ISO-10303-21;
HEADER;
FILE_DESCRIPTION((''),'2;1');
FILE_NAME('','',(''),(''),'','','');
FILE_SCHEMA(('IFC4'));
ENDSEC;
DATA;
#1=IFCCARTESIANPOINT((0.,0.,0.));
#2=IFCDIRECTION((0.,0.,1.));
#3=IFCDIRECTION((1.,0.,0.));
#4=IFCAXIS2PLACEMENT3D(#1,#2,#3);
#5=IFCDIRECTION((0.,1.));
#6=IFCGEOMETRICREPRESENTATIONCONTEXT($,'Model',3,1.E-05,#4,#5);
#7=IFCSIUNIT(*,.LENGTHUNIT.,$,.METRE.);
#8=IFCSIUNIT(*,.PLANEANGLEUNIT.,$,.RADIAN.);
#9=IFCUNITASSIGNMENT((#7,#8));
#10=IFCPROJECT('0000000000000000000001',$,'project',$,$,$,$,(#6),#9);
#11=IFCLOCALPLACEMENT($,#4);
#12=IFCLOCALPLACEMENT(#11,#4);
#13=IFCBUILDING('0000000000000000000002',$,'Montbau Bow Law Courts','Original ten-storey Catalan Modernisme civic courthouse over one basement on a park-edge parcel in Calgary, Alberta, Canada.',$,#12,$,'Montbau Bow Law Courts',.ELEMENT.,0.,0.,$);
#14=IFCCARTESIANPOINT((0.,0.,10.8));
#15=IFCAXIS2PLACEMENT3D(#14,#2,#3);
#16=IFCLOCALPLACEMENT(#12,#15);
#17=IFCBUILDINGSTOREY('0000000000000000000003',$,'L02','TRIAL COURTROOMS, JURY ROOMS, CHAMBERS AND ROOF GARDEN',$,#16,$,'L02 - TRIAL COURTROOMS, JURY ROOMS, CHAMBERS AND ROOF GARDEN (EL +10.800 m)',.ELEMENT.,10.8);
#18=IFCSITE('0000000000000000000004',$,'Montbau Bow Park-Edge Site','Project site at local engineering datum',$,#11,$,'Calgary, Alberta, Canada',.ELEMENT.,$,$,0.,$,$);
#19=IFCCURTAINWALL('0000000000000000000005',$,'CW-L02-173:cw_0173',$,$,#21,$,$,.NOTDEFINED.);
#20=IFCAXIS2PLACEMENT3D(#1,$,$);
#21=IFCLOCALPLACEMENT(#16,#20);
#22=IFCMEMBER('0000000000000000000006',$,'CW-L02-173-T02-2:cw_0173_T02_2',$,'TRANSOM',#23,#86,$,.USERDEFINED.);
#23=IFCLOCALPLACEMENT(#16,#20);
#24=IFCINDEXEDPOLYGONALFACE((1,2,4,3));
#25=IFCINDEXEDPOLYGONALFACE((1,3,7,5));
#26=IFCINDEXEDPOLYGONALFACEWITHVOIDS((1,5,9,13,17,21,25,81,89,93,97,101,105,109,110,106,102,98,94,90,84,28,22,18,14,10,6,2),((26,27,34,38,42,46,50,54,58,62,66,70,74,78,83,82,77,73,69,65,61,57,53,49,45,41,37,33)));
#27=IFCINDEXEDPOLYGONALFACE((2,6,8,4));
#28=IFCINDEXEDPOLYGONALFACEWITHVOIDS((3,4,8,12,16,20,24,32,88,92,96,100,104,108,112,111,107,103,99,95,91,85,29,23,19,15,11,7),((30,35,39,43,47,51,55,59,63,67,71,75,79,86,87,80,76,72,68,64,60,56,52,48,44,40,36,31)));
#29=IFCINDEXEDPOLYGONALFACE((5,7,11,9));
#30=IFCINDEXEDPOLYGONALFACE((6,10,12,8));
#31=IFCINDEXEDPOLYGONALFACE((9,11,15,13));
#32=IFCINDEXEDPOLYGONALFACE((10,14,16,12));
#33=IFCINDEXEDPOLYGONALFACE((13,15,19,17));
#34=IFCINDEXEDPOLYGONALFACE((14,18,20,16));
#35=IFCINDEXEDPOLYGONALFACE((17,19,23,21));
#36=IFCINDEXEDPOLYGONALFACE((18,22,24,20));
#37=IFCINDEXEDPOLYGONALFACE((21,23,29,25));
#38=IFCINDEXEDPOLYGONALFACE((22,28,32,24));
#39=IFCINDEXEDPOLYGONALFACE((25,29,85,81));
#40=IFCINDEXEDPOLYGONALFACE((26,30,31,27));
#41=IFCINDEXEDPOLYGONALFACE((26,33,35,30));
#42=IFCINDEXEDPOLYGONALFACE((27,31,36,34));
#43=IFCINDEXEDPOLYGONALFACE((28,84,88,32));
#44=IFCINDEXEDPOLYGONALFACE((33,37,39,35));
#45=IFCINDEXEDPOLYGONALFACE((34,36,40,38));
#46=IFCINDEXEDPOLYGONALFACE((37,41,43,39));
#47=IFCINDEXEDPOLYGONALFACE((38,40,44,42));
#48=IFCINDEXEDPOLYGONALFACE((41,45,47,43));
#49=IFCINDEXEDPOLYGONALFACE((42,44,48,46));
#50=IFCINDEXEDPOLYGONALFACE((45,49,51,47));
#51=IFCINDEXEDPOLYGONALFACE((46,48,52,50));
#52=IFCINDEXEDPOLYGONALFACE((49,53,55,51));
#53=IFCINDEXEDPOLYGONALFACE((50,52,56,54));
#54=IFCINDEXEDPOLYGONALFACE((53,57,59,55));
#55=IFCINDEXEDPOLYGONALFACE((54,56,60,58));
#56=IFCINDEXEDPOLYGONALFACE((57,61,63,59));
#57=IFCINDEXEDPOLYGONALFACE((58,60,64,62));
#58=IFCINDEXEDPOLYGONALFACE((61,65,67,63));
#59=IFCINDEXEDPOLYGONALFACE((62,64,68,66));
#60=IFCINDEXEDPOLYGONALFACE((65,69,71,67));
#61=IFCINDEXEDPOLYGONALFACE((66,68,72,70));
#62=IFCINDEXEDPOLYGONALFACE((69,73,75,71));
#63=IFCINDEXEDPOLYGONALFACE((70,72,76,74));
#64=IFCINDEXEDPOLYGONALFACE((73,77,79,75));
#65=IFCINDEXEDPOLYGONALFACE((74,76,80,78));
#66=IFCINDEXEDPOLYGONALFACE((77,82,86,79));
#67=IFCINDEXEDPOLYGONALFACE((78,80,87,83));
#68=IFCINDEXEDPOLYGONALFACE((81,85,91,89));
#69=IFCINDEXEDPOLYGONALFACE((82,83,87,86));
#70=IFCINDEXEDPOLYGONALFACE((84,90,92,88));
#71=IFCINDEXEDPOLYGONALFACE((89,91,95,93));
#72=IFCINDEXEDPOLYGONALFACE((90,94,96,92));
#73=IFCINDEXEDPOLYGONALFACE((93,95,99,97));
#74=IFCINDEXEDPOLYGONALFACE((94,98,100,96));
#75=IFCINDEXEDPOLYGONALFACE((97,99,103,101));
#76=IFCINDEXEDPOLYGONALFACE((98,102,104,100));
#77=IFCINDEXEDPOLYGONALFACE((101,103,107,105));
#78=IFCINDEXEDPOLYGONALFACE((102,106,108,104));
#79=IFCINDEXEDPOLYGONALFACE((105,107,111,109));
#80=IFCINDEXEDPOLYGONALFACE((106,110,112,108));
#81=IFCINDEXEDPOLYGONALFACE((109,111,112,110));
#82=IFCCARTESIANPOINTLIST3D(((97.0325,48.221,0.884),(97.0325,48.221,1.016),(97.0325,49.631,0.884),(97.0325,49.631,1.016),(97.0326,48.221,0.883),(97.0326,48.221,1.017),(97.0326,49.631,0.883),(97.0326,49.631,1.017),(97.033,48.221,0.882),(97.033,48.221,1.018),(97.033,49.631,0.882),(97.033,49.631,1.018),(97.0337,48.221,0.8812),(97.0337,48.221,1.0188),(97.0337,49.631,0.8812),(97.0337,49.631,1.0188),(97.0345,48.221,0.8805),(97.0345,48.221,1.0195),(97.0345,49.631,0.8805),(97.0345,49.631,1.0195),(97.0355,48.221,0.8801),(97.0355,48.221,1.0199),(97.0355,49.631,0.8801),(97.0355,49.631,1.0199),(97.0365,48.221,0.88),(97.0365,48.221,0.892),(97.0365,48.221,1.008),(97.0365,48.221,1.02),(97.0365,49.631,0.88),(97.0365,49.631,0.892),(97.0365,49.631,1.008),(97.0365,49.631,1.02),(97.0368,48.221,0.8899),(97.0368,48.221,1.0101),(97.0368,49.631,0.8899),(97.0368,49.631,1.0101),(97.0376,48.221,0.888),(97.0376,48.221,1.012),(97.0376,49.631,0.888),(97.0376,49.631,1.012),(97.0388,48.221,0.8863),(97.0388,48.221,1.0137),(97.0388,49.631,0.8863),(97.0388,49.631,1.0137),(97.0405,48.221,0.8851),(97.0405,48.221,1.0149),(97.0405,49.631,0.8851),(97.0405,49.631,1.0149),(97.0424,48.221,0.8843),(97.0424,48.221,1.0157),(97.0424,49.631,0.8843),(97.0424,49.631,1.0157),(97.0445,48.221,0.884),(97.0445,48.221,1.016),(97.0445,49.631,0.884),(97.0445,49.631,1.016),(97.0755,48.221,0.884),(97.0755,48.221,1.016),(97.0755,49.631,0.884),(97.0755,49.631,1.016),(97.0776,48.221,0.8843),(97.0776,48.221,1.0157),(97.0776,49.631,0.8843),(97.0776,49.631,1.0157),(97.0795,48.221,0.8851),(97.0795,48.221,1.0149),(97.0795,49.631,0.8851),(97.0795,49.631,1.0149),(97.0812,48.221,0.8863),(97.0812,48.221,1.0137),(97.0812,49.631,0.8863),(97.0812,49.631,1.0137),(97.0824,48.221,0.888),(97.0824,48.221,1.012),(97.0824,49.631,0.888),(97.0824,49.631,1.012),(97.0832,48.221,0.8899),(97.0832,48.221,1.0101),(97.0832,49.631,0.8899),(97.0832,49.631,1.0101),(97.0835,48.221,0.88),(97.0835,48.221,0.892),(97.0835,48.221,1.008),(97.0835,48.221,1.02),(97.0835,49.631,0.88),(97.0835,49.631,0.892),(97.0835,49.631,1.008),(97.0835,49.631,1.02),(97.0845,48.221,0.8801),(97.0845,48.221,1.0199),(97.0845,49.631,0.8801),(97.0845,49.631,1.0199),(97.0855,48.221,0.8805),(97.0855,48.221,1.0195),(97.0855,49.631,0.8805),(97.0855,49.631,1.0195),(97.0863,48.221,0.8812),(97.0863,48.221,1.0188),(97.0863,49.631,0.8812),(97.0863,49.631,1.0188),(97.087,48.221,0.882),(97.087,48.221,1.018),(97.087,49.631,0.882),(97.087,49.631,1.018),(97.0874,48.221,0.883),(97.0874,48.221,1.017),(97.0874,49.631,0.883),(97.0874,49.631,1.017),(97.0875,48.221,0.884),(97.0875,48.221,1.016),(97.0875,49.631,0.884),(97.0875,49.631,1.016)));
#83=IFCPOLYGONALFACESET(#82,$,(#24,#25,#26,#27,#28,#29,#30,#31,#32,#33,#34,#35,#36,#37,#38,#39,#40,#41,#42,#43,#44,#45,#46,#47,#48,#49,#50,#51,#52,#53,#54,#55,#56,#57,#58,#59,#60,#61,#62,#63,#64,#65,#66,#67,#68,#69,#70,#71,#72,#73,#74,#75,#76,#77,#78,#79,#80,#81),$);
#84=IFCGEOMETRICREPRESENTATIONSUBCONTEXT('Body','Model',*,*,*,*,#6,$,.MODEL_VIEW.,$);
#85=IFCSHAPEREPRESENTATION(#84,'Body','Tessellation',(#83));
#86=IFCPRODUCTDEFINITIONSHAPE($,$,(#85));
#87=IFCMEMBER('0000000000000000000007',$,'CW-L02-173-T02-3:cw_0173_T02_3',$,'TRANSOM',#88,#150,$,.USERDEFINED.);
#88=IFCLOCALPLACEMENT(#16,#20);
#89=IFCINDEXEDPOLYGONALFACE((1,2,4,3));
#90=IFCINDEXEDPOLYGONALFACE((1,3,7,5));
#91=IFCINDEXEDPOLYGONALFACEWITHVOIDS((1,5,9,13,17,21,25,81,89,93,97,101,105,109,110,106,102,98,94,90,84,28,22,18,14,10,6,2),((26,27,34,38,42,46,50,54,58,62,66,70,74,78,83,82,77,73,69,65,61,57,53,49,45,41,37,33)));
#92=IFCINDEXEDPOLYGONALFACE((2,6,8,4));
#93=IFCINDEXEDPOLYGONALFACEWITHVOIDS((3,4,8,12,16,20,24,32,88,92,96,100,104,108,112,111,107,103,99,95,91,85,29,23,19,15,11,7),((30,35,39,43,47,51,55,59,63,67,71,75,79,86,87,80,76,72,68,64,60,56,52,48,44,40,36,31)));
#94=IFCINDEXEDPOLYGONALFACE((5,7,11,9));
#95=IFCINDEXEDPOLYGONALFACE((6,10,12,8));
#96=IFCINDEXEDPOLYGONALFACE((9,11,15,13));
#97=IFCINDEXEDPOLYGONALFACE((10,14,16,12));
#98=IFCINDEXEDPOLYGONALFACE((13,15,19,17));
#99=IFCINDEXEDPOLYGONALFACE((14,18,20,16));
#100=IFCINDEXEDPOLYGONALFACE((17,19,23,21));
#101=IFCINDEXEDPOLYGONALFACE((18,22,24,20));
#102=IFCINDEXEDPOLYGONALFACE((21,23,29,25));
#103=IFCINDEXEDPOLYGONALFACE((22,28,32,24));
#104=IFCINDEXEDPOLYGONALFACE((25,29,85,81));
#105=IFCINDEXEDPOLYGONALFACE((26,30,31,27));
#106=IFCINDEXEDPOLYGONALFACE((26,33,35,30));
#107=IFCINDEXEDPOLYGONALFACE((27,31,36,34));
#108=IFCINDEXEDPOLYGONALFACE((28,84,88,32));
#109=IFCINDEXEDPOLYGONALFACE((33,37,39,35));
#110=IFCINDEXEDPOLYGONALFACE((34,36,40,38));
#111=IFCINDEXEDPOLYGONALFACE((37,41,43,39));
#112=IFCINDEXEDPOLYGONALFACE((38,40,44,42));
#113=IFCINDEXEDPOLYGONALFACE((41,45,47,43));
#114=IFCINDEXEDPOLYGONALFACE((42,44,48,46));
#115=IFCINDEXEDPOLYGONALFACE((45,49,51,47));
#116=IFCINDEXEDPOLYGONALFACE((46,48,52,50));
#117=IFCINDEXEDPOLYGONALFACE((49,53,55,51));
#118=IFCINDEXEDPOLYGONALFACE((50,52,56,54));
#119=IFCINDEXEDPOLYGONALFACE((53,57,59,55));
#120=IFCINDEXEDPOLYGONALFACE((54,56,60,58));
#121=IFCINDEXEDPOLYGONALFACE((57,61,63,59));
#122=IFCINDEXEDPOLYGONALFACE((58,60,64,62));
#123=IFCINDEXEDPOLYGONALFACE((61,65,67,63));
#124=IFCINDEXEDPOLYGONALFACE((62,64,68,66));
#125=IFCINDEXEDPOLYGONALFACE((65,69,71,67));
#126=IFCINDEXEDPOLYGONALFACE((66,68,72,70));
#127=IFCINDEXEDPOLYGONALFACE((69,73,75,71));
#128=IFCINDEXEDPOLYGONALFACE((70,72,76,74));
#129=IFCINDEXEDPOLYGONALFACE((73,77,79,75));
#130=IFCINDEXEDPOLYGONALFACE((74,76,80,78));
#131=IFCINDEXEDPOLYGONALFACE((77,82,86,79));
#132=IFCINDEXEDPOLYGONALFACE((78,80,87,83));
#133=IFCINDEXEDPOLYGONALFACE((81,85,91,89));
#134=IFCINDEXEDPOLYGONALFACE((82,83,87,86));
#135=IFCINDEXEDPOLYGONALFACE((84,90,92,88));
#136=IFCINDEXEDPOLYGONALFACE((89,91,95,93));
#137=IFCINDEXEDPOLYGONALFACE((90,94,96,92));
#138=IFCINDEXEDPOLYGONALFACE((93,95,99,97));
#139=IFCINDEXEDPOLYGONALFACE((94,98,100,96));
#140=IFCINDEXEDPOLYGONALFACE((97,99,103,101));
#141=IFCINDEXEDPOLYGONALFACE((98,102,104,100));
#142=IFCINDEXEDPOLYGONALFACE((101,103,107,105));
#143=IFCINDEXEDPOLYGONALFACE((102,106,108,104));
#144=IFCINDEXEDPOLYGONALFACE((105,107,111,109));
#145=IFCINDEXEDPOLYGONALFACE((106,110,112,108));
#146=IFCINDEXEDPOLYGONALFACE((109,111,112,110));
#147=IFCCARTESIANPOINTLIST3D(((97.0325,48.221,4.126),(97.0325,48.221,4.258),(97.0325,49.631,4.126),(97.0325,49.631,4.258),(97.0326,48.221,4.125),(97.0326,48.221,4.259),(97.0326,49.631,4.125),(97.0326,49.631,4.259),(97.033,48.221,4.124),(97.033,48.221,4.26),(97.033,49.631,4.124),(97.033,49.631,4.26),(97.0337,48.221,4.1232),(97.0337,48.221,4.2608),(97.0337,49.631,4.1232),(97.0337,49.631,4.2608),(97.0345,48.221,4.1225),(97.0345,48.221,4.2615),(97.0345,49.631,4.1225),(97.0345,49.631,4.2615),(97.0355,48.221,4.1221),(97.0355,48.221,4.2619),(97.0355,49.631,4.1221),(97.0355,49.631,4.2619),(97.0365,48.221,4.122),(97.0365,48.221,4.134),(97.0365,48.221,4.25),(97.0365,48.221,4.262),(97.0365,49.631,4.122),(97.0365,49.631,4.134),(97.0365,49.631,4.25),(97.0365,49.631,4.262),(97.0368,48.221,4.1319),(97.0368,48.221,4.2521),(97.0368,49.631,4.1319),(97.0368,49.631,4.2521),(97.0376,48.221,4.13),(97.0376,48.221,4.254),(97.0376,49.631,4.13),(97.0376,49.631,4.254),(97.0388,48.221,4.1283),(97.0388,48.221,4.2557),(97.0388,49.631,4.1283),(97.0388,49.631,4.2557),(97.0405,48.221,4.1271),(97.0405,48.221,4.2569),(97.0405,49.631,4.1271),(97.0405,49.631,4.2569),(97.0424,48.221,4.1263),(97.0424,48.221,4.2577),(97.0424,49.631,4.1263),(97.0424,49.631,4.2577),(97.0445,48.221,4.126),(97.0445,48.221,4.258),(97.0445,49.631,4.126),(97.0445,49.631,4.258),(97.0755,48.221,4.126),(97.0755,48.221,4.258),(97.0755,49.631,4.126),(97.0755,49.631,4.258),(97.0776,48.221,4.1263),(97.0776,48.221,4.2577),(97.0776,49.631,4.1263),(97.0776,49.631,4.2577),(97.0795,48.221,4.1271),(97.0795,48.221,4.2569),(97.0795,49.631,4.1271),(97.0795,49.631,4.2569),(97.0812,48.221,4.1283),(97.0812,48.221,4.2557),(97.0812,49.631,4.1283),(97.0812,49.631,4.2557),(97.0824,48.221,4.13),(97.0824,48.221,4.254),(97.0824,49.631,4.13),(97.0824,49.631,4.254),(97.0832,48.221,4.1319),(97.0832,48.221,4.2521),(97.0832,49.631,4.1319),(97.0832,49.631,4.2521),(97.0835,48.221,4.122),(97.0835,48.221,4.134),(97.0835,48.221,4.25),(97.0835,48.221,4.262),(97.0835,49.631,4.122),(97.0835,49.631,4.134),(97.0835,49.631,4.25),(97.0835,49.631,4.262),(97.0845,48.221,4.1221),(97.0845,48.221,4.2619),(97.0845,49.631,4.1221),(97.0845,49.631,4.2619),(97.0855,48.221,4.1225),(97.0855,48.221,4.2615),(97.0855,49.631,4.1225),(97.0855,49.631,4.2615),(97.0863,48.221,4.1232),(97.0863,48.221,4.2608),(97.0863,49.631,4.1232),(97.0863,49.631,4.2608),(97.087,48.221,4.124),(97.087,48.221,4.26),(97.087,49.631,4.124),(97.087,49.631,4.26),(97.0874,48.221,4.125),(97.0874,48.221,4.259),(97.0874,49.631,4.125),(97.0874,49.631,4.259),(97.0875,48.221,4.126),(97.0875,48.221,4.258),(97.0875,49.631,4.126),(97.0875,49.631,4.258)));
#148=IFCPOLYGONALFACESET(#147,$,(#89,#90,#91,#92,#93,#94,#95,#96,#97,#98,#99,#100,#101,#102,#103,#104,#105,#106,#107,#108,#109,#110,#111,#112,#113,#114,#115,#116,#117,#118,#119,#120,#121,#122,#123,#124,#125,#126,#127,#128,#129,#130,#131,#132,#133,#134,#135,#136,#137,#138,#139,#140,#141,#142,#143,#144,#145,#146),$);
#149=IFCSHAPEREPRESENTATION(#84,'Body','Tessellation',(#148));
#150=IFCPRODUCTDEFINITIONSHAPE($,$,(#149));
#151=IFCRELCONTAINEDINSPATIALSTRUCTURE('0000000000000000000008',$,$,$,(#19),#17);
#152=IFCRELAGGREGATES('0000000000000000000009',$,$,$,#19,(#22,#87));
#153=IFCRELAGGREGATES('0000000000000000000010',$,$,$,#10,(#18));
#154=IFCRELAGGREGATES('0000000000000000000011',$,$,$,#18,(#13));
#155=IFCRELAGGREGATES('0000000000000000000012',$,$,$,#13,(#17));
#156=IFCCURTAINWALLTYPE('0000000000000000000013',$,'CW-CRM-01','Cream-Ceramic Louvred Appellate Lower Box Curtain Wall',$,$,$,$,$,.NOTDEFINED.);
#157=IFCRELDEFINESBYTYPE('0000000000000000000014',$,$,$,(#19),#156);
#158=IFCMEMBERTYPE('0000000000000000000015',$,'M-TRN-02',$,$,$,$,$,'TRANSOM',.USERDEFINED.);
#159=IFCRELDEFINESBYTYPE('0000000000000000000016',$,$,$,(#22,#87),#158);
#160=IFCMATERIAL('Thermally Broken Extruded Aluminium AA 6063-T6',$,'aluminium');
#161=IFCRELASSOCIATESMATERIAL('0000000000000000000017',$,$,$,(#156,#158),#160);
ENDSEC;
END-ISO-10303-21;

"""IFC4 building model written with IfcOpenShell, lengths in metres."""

from ifc_helpers import new_model, si_unit, direction, frame, origin_with_axes, origin_2d_with_axis, place, context, subcontext, project, spatial, hollow_rectangle, extrude, material, material_profile, profile_set, type_object, element, aggregate, save


model = new_model("IFC4")

# Units and contexts
model_context = context("Model", 3, precision=1e-05, world=origin_with_axes(), true_north=direction((0.0, 1.0)))
body_context = subcontext(model_context, "Body", "Model", "MODEL_VIEW")
ifc_project = project(units=[si_unit("LENGTHUNIT", "METRE"), si_unit("PLANEANGLEUNIT", "RADIAN")], contexts=[model_context])

# Site, building, storey
site_placement = place(None, origin_with_axes())
site = spatial("IfcSite", under=ifc_project, at=site_placement, Name="Montbau Bow Park-Edge Site", Description="Project site at local engineering datum", LongName="Calgary, Alberta, Canada", CompositionType="ELEMENT", RefElevation=0.0)
building_placement = place(site_placement, origin_with_axes())
building = spatial("IfcBuilding", under=site, at=building_placement, Name="Montbau Bow Law Courts", Description="Original ten-storey Catalan Modernisme civic courthouse over one basement on a park-edge parcel in Calgary, Alberta, Canada.", LongName="Montbau Bow Law Courts", CompositionType="ELEMENT", ElevationOfRefHeight=0.0, ElevationOfTerrain=0.0)
storey_placement = place(building_placement, frame((0.0, 0.0, 10.8), z_axis=(0.0, 0.0, 1.0), x_axis=(1.0, 0.0, 0.0)))
storey = spatial("IfcBuildingStorey", under=building, at=storey_placement, Name="L02", Description="TRIAL COURTROOMS, JURY ROOMS, CHAMBERS AND ROOF GARDEN", LongName="L02 - TRIAL COURTROOMS, JURY ROOMS, CHAMBERS AND ROOF GARDEN (EL +10.800 m)", CompositionType="ELEMENT", Elevation=10.8)

# Curtain wall, members
ifc_material_1 = material(Name="Thermally Broken Extruded Aluminium AA 6063-T6", Category="aluminium")
curtain_wall_type = type_object("IfcCurtainWallType", Name="CW-CRM-01", Description="Cream-Ceramic Louvred Appellate Lower Box Curtain Wall", PredefinedType="NOTDEFINED", material=ifc_material_1)
curtain_wall_placement = place(None, frame((97.06, 46.715, 10.8), z_axis=(0.0, 0.0, 1.0), x_axis=(1.0, 0.0, 0.0)))
curtain_wall = element("IfcCurtainWall", 1, at=curtain_wall_placement, inside=storey, type_object=curtain_wall_type, Name="CW-L02-173:cw_0173", PredefinedType="NOTDEFINED")
ifc_material_profile_1 = material_profile(ifc_material_1, hollow_rectangle(XDim=0.055, YDim=0.14, WallThickness=0.004, InnerFilletRadius=0.008, OuterFilletRadius=0.004, at=origin_2d_with_axis()), Name="CWT-140X55", Category="Main", Priority=0)
ifc_profile_set_1 = profile_set([ifc_material_profile_1], Name="Thermally Broken Extruded Aluminium AA 6063-T6")
member_type_1 = type_object("IfcMemberType", Name="M-TRN-02", ElementType="TRANSOM", PredefinedType="USERDEFINED", material=ifc_profile_set_1)
member_1_placement = place(None, frame((97.06, 48.221, 11.75), z_axis=(0.0, 1.0, 0.0), x_axis=(-1.0, 0.0, 0.0)))
member_1 = element("IfcMember", 2, at=member_1_placement, type_object=member_type_1, Name="CW-L02-173-T02-2:cw_0173_T02_2", ObjectType="TRANSOM", PredefinedType="USERDEFINED", context=body_context, shape_type="SweptSolid", body=[
    extrude(hollow_rectangle(XDim=0.055, YDim=0.14, WallThickness=0.004, InnerFilletRadius=0.008, OuterFilletRadius=0.004, at=origin_2d_with_axis()), origin_with_axes(), (0.0, 0.0, 1.0), 1.41),
])
member_2_placement = place(None, frame((97.06, 48.221, 14.992), z_axis=(0.0, 1.0, 0.0), x_axis=(-1.0, 0.0, 0.0)))
member_2 = element("IfcMember", 3, at=member_2_placement, type_object=member_type_1, Name="CW-L02-173-T02-3:cw_0173_T02_3", ObjectType="TRANSOM", PredefinedType="USERDEFINED", context=body_context, shape_type="SweptSolid", body=[
    extrude(hollow_rectangle(XDim=0.055, YDim=0.14, WallThickness=0.004, InnerFilletRadius=0.008, OuterFilletRadius=0.004, at=origin_2d_with_axis()), origin_with_axes(), (0.0, 0.0, 1.0), 1.41),
])
aggregate(curtain_wall, [member_1, member_2])

save(model, "model.ifc")
